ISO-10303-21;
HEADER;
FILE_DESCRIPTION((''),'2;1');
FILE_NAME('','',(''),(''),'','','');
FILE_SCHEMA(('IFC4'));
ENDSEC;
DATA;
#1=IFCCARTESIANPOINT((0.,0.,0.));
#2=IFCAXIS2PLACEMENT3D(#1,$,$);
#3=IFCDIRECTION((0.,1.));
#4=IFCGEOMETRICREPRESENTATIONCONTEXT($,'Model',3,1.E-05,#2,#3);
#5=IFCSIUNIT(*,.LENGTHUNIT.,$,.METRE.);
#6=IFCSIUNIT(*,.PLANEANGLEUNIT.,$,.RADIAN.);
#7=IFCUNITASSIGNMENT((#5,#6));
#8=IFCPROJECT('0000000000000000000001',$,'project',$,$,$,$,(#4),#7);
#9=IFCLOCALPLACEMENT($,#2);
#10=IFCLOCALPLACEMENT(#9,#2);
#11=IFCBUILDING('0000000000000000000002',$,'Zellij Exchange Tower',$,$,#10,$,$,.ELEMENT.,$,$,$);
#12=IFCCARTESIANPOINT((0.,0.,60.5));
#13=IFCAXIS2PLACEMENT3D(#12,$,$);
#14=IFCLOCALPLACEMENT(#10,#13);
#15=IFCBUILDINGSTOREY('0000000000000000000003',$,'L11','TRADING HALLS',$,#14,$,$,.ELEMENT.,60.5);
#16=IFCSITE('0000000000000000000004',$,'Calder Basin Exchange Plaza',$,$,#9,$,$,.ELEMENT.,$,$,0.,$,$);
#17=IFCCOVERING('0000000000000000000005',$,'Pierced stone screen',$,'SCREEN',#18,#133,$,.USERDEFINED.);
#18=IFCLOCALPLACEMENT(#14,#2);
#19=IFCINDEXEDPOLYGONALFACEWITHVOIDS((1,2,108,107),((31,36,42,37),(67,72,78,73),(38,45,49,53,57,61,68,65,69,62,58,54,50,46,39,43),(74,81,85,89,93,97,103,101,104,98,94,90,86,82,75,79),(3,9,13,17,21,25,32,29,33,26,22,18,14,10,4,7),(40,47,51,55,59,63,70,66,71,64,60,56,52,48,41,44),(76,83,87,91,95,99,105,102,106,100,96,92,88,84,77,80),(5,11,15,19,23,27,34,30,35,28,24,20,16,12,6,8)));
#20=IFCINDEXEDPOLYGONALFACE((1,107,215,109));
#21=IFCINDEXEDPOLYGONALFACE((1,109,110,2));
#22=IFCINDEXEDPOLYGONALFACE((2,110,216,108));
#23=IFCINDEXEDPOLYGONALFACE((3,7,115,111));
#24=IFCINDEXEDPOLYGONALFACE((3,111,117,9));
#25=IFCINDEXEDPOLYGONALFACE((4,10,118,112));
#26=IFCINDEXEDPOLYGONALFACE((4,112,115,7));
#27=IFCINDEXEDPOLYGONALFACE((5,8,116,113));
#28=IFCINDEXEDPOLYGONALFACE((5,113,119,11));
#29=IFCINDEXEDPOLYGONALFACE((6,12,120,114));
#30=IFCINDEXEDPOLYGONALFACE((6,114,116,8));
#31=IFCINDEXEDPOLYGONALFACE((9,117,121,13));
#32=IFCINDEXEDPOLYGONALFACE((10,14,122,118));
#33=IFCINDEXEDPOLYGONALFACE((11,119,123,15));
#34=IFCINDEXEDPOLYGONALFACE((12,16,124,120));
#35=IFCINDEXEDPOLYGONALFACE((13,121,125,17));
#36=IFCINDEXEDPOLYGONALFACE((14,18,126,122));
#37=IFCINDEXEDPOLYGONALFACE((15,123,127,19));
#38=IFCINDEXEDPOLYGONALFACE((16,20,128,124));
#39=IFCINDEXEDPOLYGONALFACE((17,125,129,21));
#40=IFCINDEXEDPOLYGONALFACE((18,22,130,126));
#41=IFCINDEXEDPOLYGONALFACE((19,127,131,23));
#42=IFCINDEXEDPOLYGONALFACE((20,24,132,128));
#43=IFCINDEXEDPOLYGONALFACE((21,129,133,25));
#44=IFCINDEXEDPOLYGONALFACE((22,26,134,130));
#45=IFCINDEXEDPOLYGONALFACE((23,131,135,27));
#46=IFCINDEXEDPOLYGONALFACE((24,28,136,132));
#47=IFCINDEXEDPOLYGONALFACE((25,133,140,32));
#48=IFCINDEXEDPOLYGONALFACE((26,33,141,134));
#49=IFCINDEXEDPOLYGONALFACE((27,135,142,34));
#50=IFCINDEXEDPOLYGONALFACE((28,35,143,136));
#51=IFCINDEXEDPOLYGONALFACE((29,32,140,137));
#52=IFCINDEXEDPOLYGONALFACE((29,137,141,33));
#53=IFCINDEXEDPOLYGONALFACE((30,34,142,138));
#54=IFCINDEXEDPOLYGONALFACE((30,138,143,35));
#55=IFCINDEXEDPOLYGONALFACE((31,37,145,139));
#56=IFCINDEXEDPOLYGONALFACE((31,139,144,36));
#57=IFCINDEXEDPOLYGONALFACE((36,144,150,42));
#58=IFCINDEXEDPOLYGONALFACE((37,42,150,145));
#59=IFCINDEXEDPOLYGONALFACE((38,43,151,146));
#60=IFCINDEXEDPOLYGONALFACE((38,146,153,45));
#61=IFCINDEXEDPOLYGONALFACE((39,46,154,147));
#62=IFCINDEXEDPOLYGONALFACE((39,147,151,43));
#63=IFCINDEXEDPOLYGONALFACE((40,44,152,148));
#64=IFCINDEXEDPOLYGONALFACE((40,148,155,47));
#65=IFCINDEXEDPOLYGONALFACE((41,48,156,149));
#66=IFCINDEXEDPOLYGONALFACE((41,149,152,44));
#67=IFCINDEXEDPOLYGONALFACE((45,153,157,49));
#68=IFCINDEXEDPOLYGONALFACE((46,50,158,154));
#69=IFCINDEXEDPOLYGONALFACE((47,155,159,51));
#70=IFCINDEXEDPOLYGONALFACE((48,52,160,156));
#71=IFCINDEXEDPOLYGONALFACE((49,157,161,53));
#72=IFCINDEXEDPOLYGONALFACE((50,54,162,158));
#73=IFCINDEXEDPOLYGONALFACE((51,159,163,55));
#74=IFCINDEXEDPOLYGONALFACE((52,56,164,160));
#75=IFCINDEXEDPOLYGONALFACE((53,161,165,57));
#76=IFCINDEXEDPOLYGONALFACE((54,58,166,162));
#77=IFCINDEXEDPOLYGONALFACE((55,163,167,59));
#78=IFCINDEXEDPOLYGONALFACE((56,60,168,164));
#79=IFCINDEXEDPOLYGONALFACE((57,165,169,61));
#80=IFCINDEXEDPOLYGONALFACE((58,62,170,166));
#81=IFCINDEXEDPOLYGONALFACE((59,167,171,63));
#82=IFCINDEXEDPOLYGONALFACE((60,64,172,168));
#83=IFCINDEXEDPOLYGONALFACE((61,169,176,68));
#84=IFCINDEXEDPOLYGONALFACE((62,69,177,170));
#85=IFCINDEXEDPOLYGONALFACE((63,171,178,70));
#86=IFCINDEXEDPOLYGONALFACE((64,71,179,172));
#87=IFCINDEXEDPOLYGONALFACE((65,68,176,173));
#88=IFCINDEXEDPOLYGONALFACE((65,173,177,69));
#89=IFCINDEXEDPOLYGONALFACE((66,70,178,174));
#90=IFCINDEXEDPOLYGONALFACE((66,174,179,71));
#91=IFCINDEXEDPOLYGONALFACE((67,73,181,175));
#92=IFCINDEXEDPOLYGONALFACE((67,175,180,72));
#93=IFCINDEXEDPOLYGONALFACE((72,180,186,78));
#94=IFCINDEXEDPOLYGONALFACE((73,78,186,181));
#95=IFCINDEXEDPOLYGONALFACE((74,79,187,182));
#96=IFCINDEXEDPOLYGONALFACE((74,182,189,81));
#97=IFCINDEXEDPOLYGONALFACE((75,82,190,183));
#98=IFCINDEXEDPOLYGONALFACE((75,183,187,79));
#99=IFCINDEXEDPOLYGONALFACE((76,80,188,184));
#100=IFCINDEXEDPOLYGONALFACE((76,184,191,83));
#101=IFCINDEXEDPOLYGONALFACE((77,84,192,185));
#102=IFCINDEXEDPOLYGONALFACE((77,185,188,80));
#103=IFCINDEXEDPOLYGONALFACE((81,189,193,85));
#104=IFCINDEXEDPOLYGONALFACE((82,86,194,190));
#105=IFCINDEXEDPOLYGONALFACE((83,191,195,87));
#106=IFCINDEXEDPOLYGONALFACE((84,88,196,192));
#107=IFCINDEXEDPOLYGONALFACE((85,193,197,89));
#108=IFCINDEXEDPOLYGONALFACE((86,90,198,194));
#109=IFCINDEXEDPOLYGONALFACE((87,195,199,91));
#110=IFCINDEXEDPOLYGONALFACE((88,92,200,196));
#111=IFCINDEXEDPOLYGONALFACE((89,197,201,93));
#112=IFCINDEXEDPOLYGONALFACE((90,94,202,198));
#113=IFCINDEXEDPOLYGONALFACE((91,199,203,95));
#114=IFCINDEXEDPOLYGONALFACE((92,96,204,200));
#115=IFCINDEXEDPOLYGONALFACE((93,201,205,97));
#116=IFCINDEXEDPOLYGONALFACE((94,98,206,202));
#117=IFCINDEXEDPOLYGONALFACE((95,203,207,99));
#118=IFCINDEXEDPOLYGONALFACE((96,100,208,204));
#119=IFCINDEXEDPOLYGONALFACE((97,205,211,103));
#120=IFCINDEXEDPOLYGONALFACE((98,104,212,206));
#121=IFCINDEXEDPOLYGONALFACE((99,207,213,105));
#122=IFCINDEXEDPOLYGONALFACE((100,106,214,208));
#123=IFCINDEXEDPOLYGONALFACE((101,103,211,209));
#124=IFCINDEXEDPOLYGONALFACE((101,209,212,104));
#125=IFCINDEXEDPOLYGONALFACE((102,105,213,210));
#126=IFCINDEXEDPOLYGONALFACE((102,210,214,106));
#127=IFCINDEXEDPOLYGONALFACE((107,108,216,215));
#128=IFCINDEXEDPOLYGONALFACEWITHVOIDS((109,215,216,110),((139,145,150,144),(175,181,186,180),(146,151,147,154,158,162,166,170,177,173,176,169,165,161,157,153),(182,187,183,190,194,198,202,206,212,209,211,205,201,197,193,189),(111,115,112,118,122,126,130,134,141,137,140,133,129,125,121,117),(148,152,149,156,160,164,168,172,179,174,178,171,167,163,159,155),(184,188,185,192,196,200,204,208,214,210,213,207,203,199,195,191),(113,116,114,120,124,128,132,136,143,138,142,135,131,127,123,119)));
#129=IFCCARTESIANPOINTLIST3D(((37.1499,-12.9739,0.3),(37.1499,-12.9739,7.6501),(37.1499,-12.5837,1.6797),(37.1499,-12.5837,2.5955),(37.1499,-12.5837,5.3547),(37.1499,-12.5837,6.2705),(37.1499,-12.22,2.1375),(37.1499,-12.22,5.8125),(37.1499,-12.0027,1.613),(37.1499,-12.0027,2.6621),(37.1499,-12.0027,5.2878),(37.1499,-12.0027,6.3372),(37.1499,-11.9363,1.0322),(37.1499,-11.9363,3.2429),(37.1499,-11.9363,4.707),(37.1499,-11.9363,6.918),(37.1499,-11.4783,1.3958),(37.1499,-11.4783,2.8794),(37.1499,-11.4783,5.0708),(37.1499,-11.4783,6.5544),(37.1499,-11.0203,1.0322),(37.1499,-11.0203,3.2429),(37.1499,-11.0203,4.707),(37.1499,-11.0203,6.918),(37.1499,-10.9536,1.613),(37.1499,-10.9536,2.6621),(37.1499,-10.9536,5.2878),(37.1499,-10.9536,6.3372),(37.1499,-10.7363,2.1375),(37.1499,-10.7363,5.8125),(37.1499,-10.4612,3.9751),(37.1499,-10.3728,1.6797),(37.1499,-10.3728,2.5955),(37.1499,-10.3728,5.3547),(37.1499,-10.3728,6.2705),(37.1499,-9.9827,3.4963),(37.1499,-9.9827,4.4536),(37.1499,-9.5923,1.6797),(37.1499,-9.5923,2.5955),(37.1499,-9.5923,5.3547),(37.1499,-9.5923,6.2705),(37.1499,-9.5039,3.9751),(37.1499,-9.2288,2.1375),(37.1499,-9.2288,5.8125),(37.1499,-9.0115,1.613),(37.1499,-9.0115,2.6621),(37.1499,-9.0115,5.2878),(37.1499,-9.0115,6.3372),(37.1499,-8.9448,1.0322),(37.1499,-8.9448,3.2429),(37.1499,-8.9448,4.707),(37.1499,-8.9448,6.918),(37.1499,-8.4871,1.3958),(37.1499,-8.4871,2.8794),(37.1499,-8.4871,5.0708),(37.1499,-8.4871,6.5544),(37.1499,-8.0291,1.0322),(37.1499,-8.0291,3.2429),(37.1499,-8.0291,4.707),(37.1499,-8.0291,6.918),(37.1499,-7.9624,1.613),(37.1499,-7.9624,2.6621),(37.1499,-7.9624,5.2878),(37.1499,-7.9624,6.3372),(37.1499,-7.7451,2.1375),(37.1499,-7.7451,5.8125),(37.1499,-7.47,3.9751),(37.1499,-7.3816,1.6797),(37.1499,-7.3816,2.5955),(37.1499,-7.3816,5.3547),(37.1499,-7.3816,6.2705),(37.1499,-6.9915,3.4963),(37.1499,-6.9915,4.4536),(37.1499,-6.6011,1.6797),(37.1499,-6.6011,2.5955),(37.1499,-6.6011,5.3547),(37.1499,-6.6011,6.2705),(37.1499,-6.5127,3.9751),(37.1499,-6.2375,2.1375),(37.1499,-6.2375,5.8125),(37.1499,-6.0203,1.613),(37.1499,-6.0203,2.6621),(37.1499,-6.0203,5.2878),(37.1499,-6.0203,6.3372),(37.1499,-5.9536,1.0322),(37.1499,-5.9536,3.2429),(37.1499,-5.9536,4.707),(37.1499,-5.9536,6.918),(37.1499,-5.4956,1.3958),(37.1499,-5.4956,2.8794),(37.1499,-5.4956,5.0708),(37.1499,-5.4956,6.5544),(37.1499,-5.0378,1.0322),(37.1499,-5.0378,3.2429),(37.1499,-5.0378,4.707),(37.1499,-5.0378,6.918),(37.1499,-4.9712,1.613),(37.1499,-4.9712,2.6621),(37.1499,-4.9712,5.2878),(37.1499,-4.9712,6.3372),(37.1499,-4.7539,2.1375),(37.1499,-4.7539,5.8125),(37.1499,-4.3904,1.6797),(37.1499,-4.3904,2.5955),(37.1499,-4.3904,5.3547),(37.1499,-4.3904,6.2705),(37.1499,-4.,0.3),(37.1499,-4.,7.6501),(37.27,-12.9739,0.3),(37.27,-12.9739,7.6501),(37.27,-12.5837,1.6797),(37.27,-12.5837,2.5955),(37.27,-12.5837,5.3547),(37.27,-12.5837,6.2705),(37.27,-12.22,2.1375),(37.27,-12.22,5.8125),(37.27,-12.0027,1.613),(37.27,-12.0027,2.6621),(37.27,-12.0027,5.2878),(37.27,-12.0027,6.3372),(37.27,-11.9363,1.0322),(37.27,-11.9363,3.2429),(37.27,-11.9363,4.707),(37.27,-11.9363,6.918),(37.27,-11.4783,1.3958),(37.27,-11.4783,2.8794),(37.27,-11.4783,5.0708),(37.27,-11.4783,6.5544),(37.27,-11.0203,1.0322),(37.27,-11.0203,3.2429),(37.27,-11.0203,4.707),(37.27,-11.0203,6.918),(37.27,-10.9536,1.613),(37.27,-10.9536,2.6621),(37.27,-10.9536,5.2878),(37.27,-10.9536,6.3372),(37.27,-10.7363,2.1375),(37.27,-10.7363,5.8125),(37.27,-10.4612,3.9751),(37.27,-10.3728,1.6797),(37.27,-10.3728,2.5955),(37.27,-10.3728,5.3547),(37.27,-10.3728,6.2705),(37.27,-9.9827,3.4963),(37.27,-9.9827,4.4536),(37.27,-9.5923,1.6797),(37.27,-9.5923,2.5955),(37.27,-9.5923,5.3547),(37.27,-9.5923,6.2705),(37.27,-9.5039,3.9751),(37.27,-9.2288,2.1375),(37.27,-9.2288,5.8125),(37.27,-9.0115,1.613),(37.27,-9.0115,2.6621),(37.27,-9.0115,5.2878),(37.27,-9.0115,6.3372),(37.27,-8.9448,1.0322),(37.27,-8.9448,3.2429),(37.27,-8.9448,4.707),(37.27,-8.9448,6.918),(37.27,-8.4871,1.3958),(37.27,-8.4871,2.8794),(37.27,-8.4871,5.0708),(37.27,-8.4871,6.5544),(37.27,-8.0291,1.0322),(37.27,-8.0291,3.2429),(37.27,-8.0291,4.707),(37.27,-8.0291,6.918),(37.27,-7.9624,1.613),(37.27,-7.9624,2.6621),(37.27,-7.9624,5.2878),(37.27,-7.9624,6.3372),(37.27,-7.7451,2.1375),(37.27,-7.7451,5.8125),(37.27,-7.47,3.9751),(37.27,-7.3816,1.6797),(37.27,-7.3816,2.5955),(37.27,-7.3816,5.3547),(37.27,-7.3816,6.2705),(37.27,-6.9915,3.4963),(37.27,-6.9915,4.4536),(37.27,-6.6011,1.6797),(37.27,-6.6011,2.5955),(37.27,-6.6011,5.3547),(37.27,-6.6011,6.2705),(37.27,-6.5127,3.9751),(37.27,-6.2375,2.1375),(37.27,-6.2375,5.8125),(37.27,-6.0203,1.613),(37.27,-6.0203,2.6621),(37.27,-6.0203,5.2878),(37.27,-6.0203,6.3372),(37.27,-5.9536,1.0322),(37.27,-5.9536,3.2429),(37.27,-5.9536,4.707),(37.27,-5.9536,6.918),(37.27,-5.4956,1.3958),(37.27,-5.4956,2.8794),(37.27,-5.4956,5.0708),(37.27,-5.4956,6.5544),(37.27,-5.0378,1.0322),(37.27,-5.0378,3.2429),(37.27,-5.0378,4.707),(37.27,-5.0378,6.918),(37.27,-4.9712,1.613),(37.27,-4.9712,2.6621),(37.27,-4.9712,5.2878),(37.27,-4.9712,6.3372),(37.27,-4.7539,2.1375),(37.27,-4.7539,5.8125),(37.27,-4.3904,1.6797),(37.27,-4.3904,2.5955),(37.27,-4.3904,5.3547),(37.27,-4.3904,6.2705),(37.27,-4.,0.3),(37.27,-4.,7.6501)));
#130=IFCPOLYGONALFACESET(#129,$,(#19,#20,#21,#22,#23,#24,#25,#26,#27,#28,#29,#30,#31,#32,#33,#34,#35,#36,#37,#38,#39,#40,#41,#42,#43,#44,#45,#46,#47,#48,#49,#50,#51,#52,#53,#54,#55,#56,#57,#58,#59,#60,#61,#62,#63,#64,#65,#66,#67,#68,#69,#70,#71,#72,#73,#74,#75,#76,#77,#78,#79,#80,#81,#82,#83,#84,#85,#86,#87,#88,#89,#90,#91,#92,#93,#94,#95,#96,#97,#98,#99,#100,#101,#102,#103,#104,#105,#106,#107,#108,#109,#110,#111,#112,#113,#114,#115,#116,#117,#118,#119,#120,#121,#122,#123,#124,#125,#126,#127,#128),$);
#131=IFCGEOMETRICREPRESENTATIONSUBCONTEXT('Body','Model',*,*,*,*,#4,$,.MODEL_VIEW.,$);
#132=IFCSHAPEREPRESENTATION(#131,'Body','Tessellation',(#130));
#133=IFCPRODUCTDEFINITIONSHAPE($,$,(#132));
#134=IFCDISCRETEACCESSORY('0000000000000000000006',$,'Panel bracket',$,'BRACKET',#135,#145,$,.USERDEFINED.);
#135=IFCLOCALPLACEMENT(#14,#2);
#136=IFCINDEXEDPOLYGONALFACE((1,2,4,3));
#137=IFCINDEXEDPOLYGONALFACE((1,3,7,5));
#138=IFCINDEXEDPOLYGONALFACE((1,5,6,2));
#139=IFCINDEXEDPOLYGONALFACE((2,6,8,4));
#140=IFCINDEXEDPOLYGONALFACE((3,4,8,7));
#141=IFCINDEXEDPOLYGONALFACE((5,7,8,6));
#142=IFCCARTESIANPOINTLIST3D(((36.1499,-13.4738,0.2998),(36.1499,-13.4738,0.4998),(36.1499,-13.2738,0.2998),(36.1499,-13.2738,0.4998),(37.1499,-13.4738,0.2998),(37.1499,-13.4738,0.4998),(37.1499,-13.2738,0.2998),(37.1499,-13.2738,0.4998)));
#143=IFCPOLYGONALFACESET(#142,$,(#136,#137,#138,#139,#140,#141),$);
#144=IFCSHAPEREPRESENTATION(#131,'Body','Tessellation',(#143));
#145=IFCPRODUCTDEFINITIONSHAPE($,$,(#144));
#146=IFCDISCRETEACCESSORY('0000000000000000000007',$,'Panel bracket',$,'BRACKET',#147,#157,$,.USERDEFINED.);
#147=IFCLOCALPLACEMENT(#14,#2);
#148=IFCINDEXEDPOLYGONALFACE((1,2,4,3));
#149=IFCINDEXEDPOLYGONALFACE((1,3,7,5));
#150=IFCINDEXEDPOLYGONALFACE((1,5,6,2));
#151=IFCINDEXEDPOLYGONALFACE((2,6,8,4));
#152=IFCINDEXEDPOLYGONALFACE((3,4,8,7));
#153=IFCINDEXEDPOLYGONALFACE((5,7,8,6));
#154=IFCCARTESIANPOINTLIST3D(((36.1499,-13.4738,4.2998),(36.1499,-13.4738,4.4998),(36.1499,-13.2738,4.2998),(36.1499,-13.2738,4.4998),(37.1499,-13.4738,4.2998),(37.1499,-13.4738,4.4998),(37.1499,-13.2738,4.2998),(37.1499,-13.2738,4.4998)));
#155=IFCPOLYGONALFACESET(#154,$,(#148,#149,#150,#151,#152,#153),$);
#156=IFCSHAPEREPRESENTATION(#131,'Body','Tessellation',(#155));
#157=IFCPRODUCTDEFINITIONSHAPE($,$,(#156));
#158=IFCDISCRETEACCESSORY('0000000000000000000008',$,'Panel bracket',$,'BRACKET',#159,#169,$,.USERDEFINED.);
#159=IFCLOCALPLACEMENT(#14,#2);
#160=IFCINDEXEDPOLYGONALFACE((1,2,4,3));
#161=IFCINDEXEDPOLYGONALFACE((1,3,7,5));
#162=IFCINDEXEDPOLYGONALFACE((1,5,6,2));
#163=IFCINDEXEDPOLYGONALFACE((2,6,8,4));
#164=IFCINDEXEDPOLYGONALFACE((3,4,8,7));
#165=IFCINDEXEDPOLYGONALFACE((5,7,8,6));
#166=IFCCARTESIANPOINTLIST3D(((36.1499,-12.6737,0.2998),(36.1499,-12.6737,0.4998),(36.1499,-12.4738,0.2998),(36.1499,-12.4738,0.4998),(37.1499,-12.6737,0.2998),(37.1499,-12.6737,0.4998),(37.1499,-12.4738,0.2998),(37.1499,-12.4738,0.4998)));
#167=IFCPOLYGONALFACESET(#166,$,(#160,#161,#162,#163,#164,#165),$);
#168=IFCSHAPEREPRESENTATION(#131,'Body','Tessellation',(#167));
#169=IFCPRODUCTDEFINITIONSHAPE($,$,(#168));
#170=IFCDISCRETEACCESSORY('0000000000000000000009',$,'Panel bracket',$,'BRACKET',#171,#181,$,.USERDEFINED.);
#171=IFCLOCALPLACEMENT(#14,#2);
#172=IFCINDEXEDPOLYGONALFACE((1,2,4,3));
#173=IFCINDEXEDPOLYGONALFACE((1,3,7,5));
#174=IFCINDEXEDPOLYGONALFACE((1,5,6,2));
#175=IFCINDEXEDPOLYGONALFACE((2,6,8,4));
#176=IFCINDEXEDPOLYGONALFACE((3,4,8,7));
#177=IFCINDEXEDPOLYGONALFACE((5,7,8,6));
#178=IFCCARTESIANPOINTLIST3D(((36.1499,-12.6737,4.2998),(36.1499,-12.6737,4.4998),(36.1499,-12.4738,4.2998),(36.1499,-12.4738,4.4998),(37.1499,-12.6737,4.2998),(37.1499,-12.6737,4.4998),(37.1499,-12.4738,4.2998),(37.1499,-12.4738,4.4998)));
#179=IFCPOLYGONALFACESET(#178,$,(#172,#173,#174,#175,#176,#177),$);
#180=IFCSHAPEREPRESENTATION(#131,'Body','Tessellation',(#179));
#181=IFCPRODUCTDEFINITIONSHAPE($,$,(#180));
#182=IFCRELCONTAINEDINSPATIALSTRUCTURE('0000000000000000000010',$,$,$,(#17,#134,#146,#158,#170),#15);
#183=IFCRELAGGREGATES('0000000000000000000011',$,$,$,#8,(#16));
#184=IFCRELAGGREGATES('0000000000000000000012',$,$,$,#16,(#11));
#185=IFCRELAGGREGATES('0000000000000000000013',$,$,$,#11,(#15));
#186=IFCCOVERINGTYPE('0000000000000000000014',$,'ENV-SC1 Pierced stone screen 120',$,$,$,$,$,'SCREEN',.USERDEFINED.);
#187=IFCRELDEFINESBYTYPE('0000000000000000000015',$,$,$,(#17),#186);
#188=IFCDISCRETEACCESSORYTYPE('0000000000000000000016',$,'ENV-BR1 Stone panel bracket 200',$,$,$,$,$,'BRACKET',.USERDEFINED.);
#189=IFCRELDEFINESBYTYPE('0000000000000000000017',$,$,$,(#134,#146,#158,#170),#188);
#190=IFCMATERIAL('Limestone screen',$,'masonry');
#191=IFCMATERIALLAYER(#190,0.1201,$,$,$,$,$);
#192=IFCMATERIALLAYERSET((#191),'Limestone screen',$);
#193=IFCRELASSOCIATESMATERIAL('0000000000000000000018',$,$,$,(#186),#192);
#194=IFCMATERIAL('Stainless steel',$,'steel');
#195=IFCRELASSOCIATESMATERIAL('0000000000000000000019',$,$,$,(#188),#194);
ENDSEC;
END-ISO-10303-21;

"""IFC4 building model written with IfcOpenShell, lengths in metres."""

from ifc_helpers import new_model, si_unit, direction, frame, origin, origin_2d, place, context, subcontext, project, spatial, polyline, rectangle, outline, extrude, material, layer, layer_set, type_object, element, save


model = new_model("IFC4")

# Units and contexts
model_context = context("Model", 3, precision=1e-05, world=origin(), true_north=direction((0.0, 1.0)))
body_context = subcontext(model_context, "Body", "Model", "MODEL_VIEW")
ifc_project = project(units=[si_unit("LENGTHUNIT", "METRE"), si_unit("PLANEANGLEUNIT", "RADIAN")], contexts=[model_context])

# Site, building, storey
site_placement = place(None, origin())
site = spatial("IfcSite", under=ifc_project, at=site_placement, Name="Calder Basin Exchange Plaza", CompositionType="ELEMENT", RefElevation=0.0)
building_placement = place(site_placement, origin())
building = spatial("IfcBuilding", under=site, at=building_placement, Name="Zellij Exchange Tower", CompositionType="ELEMENT")
storey_placement = place(building_placement, frame((0.0, 0.0, 60.5)))
storey = spatial("IfcBuildingStorey", under=building, at=storey_placement, Name="L11", Description="TRADING HALLS", CompositionType="ELEMENT", Elevation=60.5)

# Shared definitions
ifc_material_1 = material(Name="Stainless steel", Category="steel")

# Covering
ifc_material_2 = material(Name="Limestone screen", Category="masonry")
ifc_layer_1 = layer(ifc_material_2, 0.1201)
ifc_layer_set_1 = layer_set([ifc_layer_1], Name="Limestone screen")
covering_type = type_object("IfcCoveringType", Name="ENV-SC1 Pierced stone screen 120", ElementType="SCREEN", PredefinedType="USERDEFINED", material=ifc_layer_set_1)
covering_placement = place(storey_placement, frame((37.21, -12.9739, 0.3), z_axis=(0.0, 0.0, 1.0), x_axis=(0.0, 1.0, 0.0)))
element("IfcCovering", 1, at=covering_placement, inside=storey, type_object=covering_type, Name="Pierced stone screen", ObjectType="SCREEN", PredefinedType="USERDEFINED", context=body_context, shape_type="SweptSolid", body=[
    extrude(outline(polyline([(0.0, 0.0), (8.9739, 0.0), (8.9739, 7.3501), (0.0, 7.3501), (0.0, 0.0)]), holes=[polyline([(2.6011, 2.2954), (2.0203, 2.3621), (1.9536, 2.9429), (1.4956, 2.5793), (1.0376, 2.9429), (0.9712, 2.3621), (0.3901, 2.2954), (0.7539, 1.8374), (0.3901, 1.3796), (0.9712, 1.313), (1.0376, 0.7322), (1.4956, 1.0957), (1.9536, 0.7322), (2.0203, 1.313), (2.6011, 1.3796), (2.2375, 1.8374), (2.6011, 2.2954)]), polyline([(2.6011, 5.9705), (2.0203, 6.0371), (1.9536, 6.6179), (1.4956, 6.2544), (1.0376, 6.6179), (0.9712, 6.0371), (0.3901, 5.9705), (0.7539, 5.5125), (0.3901, 5.0547), (0.9712, 4.9878), (1.0376, 4.407), (1.4956, 4.7708), (1.9536, 4.407), (2.0203, 4.9878), (2.6011, 5.0547), (2.2375, 5.5125), (2.6011, 5.9705)]), polyline([(5.5923, 2.2954), (5.0115, 2.3621), (4.9448, 2.9429), (4.4868, 2.5793), (4.0291, 2.9429), (3.9624, 2.3621), (3.3816, 2.2954), (3.7451, 1.8374), (3.3816, 1.3796), (3.9624, 1.313), (4.0291, 0.7322), (4.4868, 1.0957), (4.9448, 0.7322), (5.0115, 1.313), (5.5923, 1.3796), (5.2288, 1.8374), (5.5923, 2.2954)]), polyline([(5.5923, 5.9705), (5.0115, 6.0371), (4.9448, 6.6179), (4.4868, 6.2544), (4.0291, 6.6179), (3.9624, 6.0371), (3.3816, 5.9705), (3.7451, 5.5125), (3.3816, 5.0547), (3.9624, 4.9878), (4.0291, 4.407), (4.4868, 4.7708), (4.9448, 4.407), (5.0115, 4.9878), (5.5923, 5.0547), (5.2288, 5.5125), (5.5923, 5.9705)]), polyline([(8.5835, 2.2954), (8.0027, 2.3621), (7.936, 2.9429), (7.4783, 2.5793), (7.0203, 2.9429), (6.9536, 2.3621), (6.3728, 2.2954), (6.7363, 1.8374), (6.3728, 1.3796), (6.9536, 1.313), (7.0203, 0.7322), (7.4783, 1.0957), (7.936, 0.7322), (8.0027, 1.313), (8.5835, 1.3796), (8.22, 1.8374), (8.5835, 2.2954)]), polyline([(8.5835, 5.9705), (8.0027, 6.0371), (7.936, 6.6179), (7.4783, 6.2544), (7.0203, 6.6179), (6.9536, 6.0371), (6.3728, 5.9705), (6.7363, 5.5125), (6.3728, 5.0547), (6.9536, 4.9878), (7.0203, 4.407), (7.4783, 4.7708), (7.936, 4.407), (8.0027, 4.9878), (8.5835, 5.0547), (8.22, 5.5125), (8.5835, 5.9705)]), polyline([(3.47, 3.675), (2.9912, 4.1536), (2.5127, 3.675), (2.9912, 3.1963), (3.47, 3.675)]), polyline([(6.4612, 3.675), (5.9824, 4.1536), (5.5039, 3.675), (5.9824, 3.1963), (6.4612, 3.675)])]), frame((0.0, 0.0601, 0.0), z_axis=(0.0, -1.0, 0.0), x_axis=(1.0, 0.0, 0.0)), (0.0, 0.0, 1.0), 0.1201),
])

# Discrete accessories
discrete_accessory_type = type_object("IfcDiscreteAccessoryType", Name="ENV-BR1 Stone panel bracket 200", ElementType="BRACKET", PredefinedType="USERDEFINED", material=ifc_material_1)
for number, where, z_axis, x_axis, name in (
    (2, (36.6499, -13.3738, 0.2998), (0.0, 0.0, 1.0), (0.0, 1.0, 0.0), "Panel bracket"),
    (3, (36.6499, -13.3738, 4.2998), (0.0, 0.0, 1.0), (0.0, 1.0, 0.0), "Panel bracket"),
    (4, (36.6499, -12.5737, 0.2998), (0.0, 0.0, 1.0), (0.0, 1.0, 0.0), "Panel bracket"),
    (5, (36.6499, -12.5737, 4.2998), (0.0, 0.0, 1.0), (0.0, 1.0, 0.0), "Panel bracket"),
):
    element("IfcDiscreteAccessory", number, at=place(storey_placement, frame(where, z_axis=z_axis, x_axis=x_axis)), inside=storey, type_object=discrete_accessory_type, Name=name, ObjectType="BRACKET", PredefinedType="USERDEFINED", context=body_context, shape_type="SweptSolid", body=[
        extrude(rectangle(XDim=0.2, YDim=1.0, at=origin_2d()), origin(), (0.0, 0.0, 1.0), 0.2),
    ])

save(model, "model.ifc")
